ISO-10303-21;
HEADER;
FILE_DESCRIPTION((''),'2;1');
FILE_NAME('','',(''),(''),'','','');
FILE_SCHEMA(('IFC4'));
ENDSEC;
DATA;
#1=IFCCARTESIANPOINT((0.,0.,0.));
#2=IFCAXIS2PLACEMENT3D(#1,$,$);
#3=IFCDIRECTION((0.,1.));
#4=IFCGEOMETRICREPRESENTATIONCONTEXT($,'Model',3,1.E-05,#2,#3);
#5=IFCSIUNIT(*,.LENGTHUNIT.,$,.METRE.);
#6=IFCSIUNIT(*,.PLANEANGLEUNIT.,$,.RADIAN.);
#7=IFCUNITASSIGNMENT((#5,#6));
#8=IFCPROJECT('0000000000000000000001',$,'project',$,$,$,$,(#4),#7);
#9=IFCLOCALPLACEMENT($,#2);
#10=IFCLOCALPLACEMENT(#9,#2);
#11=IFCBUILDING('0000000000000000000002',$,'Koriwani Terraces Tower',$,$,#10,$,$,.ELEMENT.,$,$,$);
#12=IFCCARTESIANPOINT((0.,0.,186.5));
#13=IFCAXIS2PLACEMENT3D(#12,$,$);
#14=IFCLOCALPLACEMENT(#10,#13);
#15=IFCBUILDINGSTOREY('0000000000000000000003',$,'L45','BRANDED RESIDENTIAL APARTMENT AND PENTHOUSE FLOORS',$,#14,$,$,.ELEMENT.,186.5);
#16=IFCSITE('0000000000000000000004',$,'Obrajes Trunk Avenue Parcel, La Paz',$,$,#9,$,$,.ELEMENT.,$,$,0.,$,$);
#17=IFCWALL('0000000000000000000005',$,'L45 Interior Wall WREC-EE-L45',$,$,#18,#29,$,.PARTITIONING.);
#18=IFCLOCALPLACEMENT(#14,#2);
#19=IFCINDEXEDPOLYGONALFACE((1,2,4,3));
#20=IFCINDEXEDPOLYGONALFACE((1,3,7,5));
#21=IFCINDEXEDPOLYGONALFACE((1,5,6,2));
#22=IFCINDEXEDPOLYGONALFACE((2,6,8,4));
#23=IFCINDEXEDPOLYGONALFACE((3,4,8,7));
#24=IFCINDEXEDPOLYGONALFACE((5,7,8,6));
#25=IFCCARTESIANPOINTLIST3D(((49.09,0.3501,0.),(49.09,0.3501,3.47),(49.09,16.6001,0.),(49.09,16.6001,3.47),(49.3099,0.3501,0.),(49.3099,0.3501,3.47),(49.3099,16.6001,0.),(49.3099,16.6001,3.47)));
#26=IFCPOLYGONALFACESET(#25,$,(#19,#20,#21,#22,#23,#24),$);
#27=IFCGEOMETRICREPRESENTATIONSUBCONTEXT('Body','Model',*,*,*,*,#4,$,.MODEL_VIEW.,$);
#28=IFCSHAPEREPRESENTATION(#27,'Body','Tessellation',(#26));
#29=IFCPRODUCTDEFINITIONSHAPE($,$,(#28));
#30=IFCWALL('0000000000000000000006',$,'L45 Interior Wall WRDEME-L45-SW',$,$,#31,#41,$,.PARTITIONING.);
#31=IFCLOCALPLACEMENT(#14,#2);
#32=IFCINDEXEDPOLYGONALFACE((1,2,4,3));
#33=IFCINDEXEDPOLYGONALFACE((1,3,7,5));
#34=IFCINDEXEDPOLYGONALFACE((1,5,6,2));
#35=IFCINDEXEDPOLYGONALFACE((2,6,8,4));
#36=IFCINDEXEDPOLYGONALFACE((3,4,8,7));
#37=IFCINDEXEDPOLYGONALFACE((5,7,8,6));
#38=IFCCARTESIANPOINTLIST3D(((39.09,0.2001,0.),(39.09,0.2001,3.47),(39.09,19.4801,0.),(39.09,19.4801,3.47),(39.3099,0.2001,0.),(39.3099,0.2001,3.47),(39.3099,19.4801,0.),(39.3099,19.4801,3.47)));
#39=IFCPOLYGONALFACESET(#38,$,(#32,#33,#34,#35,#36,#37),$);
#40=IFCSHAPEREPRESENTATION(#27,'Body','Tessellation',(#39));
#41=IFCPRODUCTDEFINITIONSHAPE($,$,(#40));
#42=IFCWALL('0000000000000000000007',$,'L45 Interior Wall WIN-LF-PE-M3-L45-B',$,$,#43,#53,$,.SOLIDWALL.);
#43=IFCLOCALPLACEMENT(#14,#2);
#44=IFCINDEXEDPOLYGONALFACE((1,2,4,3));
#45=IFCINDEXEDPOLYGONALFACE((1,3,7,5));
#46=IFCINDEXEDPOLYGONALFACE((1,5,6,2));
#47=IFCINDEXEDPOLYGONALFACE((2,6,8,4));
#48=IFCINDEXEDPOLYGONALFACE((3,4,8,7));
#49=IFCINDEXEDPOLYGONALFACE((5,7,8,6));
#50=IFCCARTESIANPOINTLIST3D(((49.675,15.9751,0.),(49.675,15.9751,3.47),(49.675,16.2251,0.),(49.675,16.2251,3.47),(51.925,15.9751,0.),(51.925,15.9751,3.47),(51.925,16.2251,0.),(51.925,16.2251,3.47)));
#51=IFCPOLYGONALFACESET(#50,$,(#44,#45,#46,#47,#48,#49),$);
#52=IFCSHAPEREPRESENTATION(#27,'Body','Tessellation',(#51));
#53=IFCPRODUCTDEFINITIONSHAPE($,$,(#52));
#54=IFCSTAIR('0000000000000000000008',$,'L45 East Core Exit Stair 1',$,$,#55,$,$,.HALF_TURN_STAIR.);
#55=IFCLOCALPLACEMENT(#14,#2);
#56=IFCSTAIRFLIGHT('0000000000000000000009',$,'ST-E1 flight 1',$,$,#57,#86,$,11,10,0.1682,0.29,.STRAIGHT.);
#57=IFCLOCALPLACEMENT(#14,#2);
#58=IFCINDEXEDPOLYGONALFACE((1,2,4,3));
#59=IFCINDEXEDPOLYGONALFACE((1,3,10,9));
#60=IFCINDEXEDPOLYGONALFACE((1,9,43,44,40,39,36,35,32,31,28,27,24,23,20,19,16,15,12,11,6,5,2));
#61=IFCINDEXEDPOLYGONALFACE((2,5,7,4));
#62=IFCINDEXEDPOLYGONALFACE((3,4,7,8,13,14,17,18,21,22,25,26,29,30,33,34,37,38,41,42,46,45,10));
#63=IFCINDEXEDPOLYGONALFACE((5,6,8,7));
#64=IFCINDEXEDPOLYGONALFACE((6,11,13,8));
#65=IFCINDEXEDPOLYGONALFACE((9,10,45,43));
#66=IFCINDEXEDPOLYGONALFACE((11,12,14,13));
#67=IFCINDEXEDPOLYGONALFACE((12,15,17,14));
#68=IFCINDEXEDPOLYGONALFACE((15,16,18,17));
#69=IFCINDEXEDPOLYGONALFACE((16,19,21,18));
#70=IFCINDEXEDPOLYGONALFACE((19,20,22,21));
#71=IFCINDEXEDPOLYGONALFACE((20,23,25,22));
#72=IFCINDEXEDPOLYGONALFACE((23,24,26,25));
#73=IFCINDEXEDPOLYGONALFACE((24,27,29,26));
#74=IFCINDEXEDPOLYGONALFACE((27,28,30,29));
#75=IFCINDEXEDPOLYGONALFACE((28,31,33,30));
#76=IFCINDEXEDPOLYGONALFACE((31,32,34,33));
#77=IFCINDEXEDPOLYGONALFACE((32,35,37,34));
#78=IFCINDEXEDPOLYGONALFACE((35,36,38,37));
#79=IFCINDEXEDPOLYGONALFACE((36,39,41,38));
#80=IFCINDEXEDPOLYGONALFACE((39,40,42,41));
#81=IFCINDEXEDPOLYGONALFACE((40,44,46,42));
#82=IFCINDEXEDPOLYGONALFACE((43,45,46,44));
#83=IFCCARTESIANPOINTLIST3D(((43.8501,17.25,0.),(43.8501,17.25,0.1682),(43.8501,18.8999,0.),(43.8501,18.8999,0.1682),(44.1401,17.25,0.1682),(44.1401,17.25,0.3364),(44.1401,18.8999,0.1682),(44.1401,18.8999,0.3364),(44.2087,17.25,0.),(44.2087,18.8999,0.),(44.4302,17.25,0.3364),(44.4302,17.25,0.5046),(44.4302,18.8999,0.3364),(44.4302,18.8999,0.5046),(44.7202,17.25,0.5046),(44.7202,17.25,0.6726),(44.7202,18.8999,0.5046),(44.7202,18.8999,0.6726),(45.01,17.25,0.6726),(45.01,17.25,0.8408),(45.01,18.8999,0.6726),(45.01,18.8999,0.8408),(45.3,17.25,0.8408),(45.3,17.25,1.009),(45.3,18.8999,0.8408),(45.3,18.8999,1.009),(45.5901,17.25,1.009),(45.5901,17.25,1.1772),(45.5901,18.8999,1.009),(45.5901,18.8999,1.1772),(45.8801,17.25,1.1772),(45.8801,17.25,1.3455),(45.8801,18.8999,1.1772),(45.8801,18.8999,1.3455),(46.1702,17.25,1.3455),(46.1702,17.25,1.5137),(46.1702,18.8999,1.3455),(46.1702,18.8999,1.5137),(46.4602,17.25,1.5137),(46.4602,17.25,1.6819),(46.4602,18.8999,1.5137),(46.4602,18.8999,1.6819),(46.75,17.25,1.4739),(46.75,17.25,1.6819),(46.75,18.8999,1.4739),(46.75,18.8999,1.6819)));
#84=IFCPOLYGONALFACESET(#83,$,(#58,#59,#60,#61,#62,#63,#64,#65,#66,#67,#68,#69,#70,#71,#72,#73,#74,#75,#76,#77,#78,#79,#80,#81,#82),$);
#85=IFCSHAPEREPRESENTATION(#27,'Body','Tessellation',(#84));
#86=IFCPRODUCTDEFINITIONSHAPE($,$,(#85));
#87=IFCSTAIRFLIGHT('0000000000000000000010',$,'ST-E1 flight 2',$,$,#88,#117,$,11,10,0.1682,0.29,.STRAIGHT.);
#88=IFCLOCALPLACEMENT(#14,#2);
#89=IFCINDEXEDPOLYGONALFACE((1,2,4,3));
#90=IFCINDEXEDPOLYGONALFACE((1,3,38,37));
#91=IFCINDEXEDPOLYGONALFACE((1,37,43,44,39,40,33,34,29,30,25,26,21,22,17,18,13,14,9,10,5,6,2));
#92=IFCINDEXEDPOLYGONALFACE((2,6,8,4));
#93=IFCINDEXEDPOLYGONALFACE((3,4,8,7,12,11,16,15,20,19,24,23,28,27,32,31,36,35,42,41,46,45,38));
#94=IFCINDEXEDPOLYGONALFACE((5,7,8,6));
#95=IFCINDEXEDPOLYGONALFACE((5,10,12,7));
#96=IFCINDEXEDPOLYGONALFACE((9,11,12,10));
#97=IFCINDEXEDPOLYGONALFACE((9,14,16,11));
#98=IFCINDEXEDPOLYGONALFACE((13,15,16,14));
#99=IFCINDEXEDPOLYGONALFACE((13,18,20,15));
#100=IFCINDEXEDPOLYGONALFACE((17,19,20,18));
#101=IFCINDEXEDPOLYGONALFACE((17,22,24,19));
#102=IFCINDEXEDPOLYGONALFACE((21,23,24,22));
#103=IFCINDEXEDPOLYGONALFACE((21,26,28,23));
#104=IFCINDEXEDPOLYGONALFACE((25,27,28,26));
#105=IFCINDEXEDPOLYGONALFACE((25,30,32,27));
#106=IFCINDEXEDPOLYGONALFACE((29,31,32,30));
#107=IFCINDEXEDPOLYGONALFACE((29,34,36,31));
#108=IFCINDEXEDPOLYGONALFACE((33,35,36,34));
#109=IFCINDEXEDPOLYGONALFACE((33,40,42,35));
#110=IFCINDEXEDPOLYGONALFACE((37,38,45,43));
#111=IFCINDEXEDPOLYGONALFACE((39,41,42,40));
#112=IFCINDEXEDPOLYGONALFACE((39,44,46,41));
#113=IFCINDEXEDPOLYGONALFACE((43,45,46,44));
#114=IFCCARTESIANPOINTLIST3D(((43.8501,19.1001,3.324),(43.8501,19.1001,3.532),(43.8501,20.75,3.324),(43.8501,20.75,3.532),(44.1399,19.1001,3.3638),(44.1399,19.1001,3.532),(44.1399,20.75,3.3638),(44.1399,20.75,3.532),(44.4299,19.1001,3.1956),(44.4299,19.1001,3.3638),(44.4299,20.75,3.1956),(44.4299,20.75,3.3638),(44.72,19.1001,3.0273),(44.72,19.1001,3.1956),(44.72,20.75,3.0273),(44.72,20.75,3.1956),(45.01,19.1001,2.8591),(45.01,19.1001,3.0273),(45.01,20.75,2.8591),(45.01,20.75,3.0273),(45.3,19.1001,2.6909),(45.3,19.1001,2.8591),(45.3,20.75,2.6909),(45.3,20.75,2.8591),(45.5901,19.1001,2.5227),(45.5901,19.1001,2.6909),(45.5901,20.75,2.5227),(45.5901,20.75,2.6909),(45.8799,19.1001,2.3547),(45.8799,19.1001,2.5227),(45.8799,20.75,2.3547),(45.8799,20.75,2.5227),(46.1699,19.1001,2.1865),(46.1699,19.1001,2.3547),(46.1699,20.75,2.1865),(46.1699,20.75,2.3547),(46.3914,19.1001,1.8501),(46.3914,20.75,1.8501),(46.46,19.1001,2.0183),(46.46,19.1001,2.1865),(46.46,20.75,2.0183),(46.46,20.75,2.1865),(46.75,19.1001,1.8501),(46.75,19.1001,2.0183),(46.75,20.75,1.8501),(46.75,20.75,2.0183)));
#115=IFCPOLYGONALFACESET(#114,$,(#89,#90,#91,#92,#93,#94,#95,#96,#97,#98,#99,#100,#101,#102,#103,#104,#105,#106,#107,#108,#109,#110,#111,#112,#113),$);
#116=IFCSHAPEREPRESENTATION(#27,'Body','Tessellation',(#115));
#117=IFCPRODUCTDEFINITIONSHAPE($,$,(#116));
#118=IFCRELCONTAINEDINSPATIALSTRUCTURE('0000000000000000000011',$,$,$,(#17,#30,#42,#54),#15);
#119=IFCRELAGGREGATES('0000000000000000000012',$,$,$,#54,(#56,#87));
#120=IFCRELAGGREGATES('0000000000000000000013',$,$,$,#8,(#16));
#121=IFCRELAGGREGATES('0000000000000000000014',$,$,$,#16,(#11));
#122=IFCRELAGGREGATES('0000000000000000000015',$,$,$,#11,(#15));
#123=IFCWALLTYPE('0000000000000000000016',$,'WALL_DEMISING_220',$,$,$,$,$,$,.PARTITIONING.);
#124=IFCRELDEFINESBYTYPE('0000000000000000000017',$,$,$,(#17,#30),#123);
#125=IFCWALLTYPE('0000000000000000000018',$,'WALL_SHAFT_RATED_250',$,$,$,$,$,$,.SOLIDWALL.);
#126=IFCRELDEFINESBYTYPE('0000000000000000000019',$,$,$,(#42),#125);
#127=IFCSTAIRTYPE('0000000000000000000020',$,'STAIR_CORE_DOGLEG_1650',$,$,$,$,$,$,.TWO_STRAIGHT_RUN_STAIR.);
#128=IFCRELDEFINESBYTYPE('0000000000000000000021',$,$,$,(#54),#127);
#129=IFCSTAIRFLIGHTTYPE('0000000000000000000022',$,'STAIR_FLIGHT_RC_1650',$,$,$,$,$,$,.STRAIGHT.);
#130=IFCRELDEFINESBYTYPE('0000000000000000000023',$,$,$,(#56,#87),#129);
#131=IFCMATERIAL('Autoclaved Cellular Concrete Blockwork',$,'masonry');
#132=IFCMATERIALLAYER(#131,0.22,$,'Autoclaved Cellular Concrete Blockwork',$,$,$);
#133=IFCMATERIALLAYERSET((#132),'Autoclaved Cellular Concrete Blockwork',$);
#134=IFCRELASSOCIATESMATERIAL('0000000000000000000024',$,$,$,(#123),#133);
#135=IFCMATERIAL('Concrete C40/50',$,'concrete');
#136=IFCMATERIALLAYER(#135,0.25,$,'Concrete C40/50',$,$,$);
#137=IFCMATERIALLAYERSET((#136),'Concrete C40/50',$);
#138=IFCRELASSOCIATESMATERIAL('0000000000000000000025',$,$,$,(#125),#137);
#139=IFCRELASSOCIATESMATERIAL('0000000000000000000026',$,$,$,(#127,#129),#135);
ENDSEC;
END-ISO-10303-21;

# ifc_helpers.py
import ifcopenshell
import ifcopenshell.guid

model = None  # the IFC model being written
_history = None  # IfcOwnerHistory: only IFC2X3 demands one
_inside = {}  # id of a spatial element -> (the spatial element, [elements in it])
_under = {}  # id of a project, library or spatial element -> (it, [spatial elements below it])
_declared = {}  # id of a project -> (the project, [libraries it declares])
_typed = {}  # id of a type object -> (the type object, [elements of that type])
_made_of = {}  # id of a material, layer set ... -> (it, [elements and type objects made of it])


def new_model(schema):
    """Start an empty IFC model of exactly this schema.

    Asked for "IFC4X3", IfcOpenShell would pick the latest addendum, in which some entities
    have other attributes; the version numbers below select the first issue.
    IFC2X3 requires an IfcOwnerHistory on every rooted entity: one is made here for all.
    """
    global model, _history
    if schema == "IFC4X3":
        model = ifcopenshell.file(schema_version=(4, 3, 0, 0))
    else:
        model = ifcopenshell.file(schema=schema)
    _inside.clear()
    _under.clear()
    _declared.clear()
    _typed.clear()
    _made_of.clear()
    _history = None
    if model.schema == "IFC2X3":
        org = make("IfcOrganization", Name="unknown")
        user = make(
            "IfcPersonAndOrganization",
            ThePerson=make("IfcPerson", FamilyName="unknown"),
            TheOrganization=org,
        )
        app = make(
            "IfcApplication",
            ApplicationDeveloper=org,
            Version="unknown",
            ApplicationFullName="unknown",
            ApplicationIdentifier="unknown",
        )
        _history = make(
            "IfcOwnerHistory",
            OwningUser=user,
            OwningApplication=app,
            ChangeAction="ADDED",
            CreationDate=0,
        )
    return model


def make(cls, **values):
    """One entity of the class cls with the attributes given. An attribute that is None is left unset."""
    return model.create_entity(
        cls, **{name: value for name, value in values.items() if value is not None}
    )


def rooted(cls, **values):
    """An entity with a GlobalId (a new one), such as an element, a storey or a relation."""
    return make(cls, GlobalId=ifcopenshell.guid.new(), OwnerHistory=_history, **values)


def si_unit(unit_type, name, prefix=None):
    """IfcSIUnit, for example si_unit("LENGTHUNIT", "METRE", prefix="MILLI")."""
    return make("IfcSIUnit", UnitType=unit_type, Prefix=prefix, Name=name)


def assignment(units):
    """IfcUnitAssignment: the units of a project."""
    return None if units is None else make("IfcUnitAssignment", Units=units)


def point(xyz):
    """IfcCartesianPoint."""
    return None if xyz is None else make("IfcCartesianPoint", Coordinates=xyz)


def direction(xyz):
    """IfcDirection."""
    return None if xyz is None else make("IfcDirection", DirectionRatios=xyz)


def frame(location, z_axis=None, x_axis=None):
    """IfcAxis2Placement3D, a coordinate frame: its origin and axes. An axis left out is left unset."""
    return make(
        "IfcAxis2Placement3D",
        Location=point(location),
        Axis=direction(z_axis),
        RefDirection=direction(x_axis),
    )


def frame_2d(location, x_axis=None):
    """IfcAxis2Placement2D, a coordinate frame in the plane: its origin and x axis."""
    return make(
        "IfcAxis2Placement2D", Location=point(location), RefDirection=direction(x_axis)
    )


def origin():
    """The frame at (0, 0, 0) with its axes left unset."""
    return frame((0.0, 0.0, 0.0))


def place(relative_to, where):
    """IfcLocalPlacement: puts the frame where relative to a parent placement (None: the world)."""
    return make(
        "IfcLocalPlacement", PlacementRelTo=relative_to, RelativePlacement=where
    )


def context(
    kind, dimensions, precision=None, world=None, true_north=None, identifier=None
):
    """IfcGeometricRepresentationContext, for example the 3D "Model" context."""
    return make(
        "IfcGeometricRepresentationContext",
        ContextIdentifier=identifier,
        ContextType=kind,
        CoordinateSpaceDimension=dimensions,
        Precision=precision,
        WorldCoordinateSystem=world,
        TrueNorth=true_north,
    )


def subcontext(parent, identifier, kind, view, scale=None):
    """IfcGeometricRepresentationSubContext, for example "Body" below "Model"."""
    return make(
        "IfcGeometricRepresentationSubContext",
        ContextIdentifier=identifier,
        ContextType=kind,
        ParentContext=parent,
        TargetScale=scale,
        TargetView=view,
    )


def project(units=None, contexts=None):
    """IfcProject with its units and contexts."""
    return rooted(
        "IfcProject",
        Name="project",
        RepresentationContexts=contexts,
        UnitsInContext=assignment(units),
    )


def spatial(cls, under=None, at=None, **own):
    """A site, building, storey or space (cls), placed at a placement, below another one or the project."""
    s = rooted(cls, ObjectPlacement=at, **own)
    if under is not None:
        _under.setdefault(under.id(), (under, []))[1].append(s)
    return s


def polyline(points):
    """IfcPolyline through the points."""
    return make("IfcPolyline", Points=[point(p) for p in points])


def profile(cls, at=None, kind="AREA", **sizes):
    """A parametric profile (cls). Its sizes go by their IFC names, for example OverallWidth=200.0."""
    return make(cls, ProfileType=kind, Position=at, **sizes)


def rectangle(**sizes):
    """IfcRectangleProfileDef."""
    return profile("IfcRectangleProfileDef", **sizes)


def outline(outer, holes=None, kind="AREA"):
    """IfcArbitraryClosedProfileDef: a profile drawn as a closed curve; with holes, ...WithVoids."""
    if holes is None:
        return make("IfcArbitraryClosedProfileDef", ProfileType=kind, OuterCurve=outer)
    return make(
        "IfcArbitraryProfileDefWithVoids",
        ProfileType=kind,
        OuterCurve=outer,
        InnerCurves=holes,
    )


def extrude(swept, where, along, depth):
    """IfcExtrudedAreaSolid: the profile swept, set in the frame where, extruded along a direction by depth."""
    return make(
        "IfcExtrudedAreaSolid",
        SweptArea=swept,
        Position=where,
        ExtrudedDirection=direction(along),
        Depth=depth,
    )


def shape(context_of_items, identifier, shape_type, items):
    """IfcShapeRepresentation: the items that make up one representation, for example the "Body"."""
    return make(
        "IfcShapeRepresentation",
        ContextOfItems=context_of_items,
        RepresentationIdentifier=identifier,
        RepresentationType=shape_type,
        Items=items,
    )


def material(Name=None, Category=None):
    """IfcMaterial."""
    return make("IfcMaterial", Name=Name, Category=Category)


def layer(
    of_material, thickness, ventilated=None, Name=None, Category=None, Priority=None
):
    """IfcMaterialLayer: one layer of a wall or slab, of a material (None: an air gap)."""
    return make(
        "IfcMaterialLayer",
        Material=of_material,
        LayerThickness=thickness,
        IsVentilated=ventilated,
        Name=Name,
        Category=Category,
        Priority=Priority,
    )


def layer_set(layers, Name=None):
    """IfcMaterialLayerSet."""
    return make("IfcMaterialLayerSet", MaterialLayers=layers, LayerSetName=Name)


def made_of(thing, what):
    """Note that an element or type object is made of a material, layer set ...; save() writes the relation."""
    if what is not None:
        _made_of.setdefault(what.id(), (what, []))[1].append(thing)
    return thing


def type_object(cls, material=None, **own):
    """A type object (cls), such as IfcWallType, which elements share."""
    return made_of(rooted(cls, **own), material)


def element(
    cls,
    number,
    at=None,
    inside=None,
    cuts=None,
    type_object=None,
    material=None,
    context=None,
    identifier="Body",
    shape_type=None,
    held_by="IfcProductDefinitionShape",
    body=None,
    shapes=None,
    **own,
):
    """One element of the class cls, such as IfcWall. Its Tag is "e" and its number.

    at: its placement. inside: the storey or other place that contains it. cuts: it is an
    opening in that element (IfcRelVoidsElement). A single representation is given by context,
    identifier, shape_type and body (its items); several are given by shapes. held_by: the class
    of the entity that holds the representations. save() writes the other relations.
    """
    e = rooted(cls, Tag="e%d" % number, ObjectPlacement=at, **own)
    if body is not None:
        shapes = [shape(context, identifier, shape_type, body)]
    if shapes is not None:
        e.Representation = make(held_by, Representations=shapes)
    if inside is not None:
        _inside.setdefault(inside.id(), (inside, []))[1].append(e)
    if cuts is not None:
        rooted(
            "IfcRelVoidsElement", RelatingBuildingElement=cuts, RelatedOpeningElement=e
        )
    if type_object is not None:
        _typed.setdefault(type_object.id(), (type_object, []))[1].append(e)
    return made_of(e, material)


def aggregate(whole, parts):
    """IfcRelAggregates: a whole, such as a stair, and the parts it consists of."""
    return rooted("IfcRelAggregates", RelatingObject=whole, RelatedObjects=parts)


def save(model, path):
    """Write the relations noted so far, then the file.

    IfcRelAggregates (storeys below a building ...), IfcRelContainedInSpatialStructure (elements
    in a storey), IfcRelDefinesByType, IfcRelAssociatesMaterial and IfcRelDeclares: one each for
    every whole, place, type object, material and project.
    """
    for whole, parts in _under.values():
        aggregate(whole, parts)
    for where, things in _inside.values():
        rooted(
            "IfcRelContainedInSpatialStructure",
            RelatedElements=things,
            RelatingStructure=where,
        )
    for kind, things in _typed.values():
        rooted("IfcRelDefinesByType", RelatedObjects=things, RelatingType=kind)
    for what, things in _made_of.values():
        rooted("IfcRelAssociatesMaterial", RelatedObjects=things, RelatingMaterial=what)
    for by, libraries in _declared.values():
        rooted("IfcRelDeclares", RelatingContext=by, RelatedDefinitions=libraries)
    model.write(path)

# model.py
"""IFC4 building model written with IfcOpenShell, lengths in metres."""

from ifc_helpers import new_model, si_unit, direction, frame, frame_2d, origin, place, context, subcontext, project, spatial, polyline, rectangle, outline, extrude, material, layer, layer_set, type_object, element, aggregate, save


model = new_model("IFC4")

# Units and contexts
model_context = context("Model", 3, precision=1e-05, world=origin(), true_north=direction((0.0, 1.0)))
body_context = subcontext(model_context, "Body", "Model", "MODEL_VIEW")
ifc_project = project(units=[si_unit("LENGTHUNIT", "METRE"), si_unit("PLANEANGLEUNIT", "RADIAN")], contexts=[model_context])

# Site, building, storey
site_placement = place(None, origin())
site = spatial("IfcSite", under=ifc_project, at=site_placement, Name="Obrajes Trunk Avenue Parcel, La Paz", CompositionType="ELEMENT", RefElevation=0.0)
building_placement = place(site_placement, origin())
building = spatial("IfcBuilding", under=site, at=building_placement, Name="Koriwani Terraces Tower", CompositionType="ELEMENT")
storey_placement = place(building_placement, frame((0.0, 0.0, 186.5)))
storey = spatial("IfcBuildingStorey", under=building, at=storey_placement, Name="L45", Description="BRANDED RESIDENTIAL APARTMENT AND PENTHOUSE FLOORS", CompositionType="ELEMENT", Elevation=186.5)

# Shared definitions
ifc_material_1 = material(Name="Concrete C40/50", Category="concrete")

# Shared definitions
ifc_material_2 = material(Name="Autoclaved Cellular Concrete Blockwork", Category="masonry")

# Walls
ifc_layer_1 = layer(ifc_material_2, 0.22, Name="Autoclaved Cellular Concrete Blockwork")
ifc_layer_set_1 = layer_set([ifc_layer_1], Name="Autoclaved Cellular Concrete Blockwork")
wall_type_1 = type_object("IfcWallType", Name="WALL_DEMISING_220", PredefinedType="PARTITIONING", material=ifc_layer_set_1)
wall_1_placement = place(storey_placement, frame((49.2, 0.3501, 0.0), z_axis=(0.0, 0.0, 1.0), x_axis=(0.0, 1.0, 0.0)))
element("IfcWall", 1, at=wall_1_placement, inside=storey, type_object=wall_type_1, Name="L45 Interior Wall WREC-EE-L45", PredefinedType="PARTITIONING", context=body_context, shape_type="SweptSolid", body=[
    extrude(rectangle(XDim=16.25, YDim=0.22, at=frame_2d((8.125, 0.0))), origin(), (0.0, 0.0, 1.0), 3.47),
])
wall_2_placement = place(storey_placement, frame((39.2, 0.2, 0.0), z_axis=(0.0, 0.0, 1.0), x_axis=(0.0, 1.0, 0.0)))
element("IfcWall", 2, at=wall_2_placement, inside=storey, type_object=wall_type_1, Name="L45 Interior Wall WRDEME-L45-SW", PredefinedType="PARTITIONING", context=body_context, shape_type="SweptSolid", body=[
    extrude(rectangle(XDim=19.28, YDim=0.22, at=frame_2d((9.6401, 0.0))), origin(), (0.0, 0.0, 1.0), 3.47),
])

# Shared definitions
ifc_layer_2 = layer(ifc_material_1, 0.25, Name="Concrete C40/50")
ifc_layer_set_2 = layer_set([ifc_layer_2], Name="Concrete C40/50")
wall_type_2 = type_object("IfcWallType", Name="WALL_SHAFT_RATED_250", PredefinedType="SOLIDWALL", material=ifc_layer_set_2)

# Wall
wall_3_placement = place(storey_placement, frame((49.675, 16.1001, 0.0), z_axis=(0.0, 0.0, 1.0), x_axis=(1.0, 0.0, 0.0)))
element("IfcWall", 3, at=wall_3_placement, inside=storey, type_object=wall_type_2, Name="L45 Interior Wall WIN-LF-PE-M3-L45-B", PredefinedType="SOLIDWALL", context=body_context, shape_type="SweptSolid", body=[
    extrude(rectangle(XDim=2.25, YDim=0.25, at=frame_2d((1.125, 0.0))), origin(), (0.0, 0.0, 1.0), 3.47),
])

# Stair, stair flights
stair_type = type_object("IfcStairType", Name="STAIR_CORE_DOGLEG_1650", PredefinedType="TWO_STRAIGHT_RUN_STAIR", material=ifc_material_1)
stair_placement = place(storey_placement, origin())
stair = element("IfcStair", 4, at=stair_placement, inside=storey, type_object=stair_type, Name="L45 East Core Exit Stair 1", PredefinedType="HALF_TURN_STAIR")
stair_flight_type = type_object("IfcStairFlightType", Name="STAIR_FLIGHT_RC_1650", PredefinedType="STRAIGHT", material=ifc_material_1)
stair_flight_1_placement = place(storey_placement, frame((43.8501, 18.075, 0.0), z_axis=(0.0, 0.0, 1.0), x_axis=(1.0, 0.0, 0.0)))
stair_flight_1 = element("IfcStairFlight", 5, at=stair_flight_1_placement, type_object=stair_flight_type, Name="ST-E1 flight 1", NumberOfRisers=11, NumberOfTreads=10, PredefinedType="STRAIGHT", RiserHeight=0.1682, TreadLength=0.29, context=body_context, shape_type="SweptSolid", body=[
    extrude(outline(polyline([(0.0, 0.0), (0.0, 0.1682), (0.29, 0.1682), (0.29, 0.3364), (0.5801, 0.3364), (0.5801, 0.5046), (0.8701, 0.5046), (0.8701, 0.6726), (1.1599, 0.6726), (1.1599, 0.8408), (1.45, 0.8408), (1.45, 1.009), (1.74, 1.009), (1.74, 1.1772), (2.03, 1.1772), (2.03, 1.3455), (2.3201, 1.3455), (2.3201, 1.5137), (2.6101, 1.5137), (2.6101, 1.6819), (2.8999, 1.6819), (2.8999, 1.8501), (2.8999, 1.4739), (0.3586, 0.0), (0.0, 0.0)])), frame((0.0, 0.825, 0.0), z_axis=(0.0, -1.0, 0.0), x_axis=(1.0, 0.0, 0.0)), (0.0, 0.0, 1.0), 1.6499),
])
stair_flight_2_placement = place(storey_placement, frame((46.75, 19.925, 1.8501), z_axis=(0.0, 0.0, 1.0), x_axis=(-1.0, 0.0, 0.0)))
stair_flight_2 = element("IfcStairFlight", 6, at=stair_flight_2_placement, type_object=stair_flight_type, Name="ST-E1 flight 2", NumberOfRisers=11, NumberOfTreads=10, PredefinedType="STRAIGHT", RiserHeight=0.1682, TreadLength=0.29, context=body_context, shape_type="SweptSolid", body=[
    extrude(outline(polyline([(0.0, 0.0), (0.0, 0.1682), (0.29, 0.1682), (0.29, 0.3364), (0.5801, 0.3364), (0.5801, 0.5046), (0.8701, 0.5046), (0.8701, 0.6726), (1.1599, 0.6726), (1.1599, 0.8408), (1.45, 0.8408), (1.45, 1.009), (1.74, 1.009), (1.74, 1.1772), (2.03, 1.1772), (2.03, 1.3455), (2.3201, 1.3455), (2.3201, 1.5137), (2.6101, 1.5137), (2.6101, 1.6819), (2.8999, 1.6819), (2.8999, 1.8501), (2.8999, 1.4739), (0.3586, 0.0), (0.0, 0.0)])), frame((0.0, 0.825, 0.0), z_axis=(0.0, -1.0, 0.0), x_axis=(1.0, 0.0, 0.0)), (0.0, 0.0, 1.0), 1.6499),
])
aggregate(stair, [stair_flight_1, stair_flight_2])

save(model, "model.ifc")
